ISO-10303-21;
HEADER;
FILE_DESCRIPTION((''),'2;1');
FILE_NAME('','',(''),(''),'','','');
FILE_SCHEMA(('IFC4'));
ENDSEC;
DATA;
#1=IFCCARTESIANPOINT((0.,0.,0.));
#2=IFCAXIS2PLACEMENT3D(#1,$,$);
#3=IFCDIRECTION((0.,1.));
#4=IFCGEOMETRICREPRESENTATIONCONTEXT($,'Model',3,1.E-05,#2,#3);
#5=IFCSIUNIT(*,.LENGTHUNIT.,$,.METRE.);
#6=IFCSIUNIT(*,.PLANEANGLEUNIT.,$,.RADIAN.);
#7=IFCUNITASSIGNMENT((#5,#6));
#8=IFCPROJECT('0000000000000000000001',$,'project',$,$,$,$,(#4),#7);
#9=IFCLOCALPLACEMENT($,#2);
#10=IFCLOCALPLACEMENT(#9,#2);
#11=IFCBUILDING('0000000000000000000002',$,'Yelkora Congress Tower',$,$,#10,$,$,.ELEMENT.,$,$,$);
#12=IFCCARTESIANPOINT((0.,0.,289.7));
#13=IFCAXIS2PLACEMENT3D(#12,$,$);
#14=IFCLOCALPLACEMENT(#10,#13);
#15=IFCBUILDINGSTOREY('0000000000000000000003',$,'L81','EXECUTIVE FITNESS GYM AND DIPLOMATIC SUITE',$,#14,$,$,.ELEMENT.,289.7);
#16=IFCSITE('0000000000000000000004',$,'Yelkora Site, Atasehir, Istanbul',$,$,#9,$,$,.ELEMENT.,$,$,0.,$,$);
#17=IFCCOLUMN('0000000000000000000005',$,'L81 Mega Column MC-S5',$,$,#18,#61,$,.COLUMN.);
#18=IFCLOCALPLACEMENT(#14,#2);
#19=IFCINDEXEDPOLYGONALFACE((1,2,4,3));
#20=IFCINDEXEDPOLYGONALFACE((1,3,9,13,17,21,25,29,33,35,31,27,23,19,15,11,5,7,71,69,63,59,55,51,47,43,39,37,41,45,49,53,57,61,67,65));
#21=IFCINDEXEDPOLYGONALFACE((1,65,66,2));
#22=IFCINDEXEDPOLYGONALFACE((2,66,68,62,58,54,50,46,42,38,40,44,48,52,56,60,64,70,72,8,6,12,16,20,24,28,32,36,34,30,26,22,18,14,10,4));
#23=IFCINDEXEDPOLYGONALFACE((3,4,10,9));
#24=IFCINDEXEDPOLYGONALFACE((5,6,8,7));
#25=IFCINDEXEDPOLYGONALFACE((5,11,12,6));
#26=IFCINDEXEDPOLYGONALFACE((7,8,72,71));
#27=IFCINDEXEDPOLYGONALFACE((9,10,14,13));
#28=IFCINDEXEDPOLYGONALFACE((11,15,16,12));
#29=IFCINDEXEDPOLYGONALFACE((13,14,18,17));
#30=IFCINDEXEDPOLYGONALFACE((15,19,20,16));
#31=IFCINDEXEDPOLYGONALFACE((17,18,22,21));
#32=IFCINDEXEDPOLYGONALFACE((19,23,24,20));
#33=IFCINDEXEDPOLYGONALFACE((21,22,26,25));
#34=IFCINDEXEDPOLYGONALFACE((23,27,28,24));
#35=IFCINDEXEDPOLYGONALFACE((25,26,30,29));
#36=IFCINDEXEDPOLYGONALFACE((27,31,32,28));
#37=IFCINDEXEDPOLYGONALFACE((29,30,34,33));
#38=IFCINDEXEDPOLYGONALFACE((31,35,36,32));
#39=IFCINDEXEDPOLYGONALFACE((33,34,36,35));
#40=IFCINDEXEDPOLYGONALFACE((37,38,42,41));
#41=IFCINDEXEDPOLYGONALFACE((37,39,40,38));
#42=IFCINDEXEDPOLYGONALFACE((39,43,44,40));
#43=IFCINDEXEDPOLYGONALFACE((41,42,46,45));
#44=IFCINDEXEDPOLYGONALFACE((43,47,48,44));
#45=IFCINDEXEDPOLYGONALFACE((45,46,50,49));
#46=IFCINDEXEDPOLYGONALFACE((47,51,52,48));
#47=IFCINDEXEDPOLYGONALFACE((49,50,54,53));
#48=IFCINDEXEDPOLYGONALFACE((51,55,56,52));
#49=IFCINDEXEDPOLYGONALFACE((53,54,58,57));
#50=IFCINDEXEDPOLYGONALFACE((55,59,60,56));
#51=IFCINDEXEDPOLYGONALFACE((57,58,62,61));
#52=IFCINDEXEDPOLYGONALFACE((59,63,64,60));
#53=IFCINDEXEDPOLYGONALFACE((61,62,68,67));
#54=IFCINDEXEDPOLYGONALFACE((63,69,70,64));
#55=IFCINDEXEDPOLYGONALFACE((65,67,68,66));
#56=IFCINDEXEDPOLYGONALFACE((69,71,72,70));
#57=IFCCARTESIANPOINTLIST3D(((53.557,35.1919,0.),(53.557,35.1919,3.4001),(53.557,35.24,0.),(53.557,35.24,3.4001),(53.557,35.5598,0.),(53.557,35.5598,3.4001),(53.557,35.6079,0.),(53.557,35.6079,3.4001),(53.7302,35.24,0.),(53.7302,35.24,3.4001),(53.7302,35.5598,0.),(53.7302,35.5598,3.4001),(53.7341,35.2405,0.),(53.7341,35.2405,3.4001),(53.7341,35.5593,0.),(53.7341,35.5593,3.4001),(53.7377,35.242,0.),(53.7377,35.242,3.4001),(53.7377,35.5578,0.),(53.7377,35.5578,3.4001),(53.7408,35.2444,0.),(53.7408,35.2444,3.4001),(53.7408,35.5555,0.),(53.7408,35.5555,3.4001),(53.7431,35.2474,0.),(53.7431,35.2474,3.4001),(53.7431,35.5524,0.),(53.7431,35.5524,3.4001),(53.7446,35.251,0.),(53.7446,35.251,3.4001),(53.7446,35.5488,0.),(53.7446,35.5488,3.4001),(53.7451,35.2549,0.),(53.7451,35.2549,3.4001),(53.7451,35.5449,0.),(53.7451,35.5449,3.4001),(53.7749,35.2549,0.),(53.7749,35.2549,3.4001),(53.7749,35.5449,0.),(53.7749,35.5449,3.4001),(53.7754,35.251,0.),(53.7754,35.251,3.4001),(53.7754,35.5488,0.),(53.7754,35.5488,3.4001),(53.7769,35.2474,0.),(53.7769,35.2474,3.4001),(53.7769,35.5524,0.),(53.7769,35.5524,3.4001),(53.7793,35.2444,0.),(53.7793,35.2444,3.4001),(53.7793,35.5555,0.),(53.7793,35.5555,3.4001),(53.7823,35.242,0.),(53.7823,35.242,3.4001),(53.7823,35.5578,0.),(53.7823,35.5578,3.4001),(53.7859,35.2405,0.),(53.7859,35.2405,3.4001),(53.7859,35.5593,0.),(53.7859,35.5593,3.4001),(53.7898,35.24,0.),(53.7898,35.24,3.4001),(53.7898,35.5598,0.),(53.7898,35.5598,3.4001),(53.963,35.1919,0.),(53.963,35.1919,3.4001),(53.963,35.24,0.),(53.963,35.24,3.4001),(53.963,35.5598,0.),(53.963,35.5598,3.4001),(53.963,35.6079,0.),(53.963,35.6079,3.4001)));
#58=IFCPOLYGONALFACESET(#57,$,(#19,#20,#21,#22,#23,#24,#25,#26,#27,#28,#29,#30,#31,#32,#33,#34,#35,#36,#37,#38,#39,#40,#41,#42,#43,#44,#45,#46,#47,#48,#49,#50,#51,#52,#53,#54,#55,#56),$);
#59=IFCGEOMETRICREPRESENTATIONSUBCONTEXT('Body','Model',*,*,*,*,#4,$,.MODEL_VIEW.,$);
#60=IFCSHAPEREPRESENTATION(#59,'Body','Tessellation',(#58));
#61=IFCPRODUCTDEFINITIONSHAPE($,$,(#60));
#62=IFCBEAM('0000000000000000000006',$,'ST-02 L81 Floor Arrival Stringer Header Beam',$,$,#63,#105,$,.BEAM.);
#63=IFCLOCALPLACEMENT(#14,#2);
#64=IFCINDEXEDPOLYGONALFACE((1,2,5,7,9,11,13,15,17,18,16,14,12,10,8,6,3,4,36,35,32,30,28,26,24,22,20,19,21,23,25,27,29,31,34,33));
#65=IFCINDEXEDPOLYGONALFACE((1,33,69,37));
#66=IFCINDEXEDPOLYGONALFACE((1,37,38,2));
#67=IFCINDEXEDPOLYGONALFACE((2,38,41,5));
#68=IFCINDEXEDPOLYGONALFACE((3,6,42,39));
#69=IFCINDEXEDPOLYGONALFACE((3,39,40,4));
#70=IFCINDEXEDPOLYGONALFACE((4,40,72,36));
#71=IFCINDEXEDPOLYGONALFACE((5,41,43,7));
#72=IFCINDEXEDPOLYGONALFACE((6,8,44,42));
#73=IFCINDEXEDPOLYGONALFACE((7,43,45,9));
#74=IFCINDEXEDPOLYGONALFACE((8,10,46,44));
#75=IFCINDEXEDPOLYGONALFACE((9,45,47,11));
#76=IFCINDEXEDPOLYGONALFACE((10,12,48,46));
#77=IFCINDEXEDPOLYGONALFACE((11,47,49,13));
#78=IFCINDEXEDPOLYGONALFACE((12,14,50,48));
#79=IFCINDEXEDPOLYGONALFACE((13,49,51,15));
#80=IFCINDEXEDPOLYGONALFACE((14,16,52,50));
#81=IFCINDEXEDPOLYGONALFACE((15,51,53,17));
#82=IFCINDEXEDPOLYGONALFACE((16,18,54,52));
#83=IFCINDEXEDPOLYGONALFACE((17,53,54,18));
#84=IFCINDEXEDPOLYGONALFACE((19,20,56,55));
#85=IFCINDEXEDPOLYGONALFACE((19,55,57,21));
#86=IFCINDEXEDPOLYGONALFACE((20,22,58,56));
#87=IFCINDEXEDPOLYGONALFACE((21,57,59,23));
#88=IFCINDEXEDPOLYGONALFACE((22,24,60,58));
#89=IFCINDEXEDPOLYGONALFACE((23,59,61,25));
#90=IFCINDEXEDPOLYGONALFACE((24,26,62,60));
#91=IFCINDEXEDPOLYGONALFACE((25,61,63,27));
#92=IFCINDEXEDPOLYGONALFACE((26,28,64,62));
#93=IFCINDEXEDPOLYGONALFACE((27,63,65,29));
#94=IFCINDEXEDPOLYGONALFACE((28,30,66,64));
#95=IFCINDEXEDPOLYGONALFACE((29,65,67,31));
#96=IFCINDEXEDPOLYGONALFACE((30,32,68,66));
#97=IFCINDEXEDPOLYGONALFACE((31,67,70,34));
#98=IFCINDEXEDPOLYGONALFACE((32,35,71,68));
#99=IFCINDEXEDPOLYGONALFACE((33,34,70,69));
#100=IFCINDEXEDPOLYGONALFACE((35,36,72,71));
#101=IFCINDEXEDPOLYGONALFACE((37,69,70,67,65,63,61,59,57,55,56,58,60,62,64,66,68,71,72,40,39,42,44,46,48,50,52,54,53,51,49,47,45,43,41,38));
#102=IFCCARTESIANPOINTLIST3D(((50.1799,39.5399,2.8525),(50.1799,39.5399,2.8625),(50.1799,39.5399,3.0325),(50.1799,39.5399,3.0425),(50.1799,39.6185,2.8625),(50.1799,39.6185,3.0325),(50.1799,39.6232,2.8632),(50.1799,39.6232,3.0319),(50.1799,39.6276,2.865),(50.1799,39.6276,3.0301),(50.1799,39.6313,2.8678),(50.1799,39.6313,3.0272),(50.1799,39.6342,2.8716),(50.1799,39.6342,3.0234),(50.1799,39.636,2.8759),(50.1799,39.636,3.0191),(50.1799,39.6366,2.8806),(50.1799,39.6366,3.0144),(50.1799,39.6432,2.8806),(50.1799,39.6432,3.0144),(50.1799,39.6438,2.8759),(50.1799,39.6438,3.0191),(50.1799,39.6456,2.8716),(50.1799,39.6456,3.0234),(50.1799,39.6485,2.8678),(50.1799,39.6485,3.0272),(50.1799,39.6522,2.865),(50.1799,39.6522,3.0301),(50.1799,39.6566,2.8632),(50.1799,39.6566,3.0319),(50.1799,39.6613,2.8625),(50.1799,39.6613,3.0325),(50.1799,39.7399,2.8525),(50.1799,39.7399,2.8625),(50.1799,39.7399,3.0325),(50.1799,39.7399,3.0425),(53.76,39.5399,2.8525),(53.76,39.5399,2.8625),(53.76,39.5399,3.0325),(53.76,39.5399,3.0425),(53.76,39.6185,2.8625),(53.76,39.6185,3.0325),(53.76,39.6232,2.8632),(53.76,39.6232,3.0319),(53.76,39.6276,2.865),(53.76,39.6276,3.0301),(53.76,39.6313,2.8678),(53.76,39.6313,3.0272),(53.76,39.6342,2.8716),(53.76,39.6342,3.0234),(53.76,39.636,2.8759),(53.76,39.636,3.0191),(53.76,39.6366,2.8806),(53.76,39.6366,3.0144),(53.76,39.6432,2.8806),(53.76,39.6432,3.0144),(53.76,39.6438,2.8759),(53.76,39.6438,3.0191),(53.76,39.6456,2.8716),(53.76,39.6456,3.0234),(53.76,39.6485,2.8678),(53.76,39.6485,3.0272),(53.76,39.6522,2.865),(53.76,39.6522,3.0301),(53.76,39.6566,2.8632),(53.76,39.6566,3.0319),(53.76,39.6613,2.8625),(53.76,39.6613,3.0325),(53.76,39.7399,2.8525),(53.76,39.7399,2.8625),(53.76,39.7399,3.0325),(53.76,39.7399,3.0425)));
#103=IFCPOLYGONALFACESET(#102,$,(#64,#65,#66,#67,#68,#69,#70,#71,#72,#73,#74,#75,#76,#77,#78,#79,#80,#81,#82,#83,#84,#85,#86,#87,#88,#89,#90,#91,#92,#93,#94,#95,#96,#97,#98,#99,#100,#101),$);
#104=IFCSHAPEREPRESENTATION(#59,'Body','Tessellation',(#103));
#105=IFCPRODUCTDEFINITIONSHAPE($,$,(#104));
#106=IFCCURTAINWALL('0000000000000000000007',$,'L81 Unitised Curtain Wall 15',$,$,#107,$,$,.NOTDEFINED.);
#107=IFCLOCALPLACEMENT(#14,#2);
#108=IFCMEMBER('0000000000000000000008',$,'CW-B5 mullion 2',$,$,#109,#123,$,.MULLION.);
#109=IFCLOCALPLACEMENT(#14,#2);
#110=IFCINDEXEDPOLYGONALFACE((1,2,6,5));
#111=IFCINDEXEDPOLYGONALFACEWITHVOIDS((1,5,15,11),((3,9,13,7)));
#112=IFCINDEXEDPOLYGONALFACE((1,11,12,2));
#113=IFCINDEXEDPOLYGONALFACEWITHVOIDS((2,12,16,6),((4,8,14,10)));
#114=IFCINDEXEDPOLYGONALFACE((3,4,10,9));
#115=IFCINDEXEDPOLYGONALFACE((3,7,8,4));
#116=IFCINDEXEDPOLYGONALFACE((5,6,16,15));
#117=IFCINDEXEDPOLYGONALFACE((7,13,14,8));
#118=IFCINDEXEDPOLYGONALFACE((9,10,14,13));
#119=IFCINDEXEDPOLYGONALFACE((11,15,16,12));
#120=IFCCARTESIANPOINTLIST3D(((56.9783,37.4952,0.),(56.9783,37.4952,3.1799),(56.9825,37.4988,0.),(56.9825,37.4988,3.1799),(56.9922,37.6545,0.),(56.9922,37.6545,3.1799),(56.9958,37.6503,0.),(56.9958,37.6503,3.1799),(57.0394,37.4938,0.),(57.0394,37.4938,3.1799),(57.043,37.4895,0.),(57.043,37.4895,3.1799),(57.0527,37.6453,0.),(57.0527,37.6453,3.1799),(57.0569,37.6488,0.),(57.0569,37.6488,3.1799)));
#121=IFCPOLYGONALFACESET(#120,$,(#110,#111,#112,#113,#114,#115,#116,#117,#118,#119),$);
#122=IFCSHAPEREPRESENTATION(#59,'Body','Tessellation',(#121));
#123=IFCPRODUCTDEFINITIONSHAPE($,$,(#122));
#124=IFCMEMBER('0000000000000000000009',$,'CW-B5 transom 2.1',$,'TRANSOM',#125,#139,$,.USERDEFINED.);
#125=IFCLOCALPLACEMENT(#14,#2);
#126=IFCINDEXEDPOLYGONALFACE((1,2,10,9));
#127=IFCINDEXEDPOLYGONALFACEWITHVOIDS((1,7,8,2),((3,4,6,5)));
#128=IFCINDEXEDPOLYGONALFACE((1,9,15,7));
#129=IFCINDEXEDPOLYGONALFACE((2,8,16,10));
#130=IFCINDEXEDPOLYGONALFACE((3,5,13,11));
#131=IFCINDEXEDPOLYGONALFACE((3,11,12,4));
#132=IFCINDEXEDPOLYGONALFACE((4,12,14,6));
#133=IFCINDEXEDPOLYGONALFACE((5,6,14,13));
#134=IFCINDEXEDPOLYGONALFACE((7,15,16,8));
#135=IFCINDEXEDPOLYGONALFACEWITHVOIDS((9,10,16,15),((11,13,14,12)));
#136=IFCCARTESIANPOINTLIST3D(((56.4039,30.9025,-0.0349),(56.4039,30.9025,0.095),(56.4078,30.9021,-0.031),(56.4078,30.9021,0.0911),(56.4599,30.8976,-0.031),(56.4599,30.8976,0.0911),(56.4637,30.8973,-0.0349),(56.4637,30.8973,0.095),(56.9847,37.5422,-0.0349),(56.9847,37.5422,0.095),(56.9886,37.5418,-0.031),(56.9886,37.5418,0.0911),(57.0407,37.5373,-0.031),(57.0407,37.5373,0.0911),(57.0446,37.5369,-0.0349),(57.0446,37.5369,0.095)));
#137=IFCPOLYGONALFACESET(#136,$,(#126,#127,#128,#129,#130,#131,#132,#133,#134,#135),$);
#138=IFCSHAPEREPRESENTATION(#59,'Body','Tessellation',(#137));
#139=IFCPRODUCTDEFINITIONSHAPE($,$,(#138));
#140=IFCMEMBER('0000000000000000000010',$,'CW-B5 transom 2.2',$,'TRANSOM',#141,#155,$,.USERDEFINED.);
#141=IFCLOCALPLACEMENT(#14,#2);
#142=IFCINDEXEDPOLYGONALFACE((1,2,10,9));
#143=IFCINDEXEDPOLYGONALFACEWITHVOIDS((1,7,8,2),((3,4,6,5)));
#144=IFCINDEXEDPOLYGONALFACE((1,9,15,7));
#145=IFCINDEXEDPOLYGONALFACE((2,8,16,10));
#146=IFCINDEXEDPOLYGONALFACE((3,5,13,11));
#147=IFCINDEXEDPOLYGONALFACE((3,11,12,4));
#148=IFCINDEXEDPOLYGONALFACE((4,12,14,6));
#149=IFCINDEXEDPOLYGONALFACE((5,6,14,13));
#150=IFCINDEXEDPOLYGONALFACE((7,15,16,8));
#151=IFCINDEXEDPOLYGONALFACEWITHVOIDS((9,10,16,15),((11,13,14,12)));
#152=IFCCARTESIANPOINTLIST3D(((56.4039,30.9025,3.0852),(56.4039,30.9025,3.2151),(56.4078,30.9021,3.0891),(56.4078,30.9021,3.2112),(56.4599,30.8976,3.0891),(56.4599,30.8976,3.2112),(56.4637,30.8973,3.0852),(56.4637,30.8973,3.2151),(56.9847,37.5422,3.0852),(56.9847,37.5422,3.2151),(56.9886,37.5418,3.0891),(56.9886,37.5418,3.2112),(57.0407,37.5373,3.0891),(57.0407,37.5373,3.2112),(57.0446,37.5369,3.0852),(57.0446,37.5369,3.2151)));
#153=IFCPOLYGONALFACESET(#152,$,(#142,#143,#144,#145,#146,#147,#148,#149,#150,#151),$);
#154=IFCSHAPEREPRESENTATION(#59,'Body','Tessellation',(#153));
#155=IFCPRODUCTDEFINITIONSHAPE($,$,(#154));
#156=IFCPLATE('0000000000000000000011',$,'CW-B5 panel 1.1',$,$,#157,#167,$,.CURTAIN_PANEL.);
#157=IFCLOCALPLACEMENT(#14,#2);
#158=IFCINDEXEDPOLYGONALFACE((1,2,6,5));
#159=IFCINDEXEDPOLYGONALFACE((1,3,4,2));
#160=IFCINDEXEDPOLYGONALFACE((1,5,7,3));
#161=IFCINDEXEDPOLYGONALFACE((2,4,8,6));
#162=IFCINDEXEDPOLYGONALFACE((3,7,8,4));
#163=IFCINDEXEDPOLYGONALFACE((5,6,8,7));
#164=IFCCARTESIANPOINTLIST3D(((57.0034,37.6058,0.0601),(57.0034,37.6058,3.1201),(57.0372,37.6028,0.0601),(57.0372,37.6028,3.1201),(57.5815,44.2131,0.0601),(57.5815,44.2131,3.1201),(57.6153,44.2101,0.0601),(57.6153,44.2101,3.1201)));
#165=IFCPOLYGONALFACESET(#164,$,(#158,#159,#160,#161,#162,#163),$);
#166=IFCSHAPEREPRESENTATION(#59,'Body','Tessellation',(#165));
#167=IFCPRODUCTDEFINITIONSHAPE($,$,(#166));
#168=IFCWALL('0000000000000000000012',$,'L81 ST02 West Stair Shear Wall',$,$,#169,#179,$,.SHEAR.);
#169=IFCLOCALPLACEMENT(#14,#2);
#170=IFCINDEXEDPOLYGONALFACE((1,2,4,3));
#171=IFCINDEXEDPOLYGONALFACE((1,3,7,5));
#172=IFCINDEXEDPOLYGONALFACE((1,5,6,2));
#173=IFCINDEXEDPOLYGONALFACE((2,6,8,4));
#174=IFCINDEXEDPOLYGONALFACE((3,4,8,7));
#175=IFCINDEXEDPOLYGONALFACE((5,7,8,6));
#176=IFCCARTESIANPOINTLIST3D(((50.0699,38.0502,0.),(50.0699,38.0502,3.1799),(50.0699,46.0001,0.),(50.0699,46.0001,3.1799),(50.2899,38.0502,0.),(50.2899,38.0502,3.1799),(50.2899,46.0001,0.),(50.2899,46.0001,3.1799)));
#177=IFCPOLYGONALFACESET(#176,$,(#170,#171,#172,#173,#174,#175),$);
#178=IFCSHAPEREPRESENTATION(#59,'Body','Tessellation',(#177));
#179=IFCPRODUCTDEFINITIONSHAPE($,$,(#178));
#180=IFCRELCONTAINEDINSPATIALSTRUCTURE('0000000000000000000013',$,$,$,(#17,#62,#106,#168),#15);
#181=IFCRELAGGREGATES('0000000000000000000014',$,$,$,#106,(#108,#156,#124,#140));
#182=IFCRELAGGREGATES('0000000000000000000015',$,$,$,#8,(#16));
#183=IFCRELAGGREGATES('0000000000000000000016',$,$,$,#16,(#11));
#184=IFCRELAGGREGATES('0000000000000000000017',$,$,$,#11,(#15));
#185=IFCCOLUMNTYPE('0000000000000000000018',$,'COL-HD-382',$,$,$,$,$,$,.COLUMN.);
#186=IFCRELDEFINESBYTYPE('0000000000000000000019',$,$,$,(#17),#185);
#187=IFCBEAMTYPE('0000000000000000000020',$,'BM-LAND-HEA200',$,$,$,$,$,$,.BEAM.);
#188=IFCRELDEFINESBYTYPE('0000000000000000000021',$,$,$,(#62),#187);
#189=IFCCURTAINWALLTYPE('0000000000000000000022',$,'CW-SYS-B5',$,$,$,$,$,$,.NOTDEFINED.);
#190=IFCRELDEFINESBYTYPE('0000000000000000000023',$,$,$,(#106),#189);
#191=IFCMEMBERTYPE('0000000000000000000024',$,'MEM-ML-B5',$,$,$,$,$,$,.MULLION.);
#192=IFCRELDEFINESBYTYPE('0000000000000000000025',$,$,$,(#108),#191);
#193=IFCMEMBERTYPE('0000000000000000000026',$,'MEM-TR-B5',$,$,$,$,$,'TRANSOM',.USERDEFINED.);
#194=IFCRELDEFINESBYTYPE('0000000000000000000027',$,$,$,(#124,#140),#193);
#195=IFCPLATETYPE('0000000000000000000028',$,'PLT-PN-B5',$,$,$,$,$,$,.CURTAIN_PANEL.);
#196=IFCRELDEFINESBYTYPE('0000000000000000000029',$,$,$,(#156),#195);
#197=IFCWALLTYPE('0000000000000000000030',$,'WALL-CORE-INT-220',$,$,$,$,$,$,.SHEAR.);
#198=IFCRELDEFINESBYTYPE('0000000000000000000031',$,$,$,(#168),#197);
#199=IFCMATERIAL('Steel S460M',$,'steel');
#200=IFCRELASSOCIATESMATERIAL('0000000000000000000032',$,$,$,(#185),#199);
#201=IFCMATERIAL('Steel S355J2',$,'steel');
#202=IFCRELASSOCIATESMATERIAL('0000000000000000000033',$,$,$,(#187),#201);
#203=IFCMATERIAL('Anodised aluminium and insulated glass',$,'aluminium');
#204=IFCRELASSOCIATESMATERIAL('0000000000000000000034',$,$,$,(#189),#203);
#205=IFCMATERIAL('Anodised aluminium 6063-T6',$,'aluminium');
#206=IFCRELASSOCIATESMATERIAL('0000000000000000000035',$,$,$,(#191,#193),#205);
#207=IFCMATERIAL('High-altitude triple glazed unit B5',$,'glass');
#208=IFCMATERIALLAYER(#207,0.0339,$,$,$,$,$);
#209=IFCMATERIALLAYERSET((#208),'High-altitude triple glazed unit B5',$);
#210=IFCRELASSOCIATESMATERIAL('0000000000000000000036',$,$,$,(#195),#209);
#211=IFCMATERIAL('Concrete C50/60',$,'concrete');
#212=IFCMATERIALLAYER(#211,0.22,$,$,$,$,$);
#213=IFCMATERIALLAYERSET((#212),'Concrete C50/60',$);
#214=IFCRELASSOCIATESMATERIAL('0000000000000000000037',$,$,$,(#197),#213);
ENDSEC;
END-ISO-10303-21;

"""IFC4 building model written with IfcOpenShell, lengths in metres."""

from ifc_helpers import new_model, si_unit, direction, frame, frame_2d, origin, origin_2d, place, context, subcontext, project, spatial, rectangle, hollow_rectangle, i_section, extrude, material, layer, layer_set, material_profile, profile_set, type_object, element, aggregate, save


model = new_model("IFC4")

# Units and contexts
model_context = context("Model", 3, precision=1e-05, world=origin(), true_north=direction((0.0, 1.0)))
body_context = subcontext(model_context, "Body", "Model", "MODEL_VIEW")
ifc_project = project(units=[si_unit("LENGTHUNIT", "METRE"), si_unit("PLANEANGLEUNIT", "RADIAN")], contexts=[model_context])

# Site, building, storey
site_placement = place(None, origin())
site = spatial("IfcSite", under=ifc_project, at=site_placement, Name="Yelkora Site, Atasehir, Istanbul", CompositionType="ELEMENT", RefElevation=0.0)
building_placement = place(site_placement, origin())
building = spatial("IfcBuilding", under=site, at=building_placement, Name="Yelkora Congress Tower", CompositionType="ELEMENT")
storey_placement = place(building_placement, frame((0.0, 0.0, 289.7)))
storey = spatial("IfcBuildingStorey", under=building, at=storey_placement, Name="L81", Description="EXECUTIVE FITNESS GYM AND DIPLOMATIC SUITE", CompositionType="ELEMENT", Elevation=289.7)

# Column
ifc_material_1 = material(Name="Steel S460M", Category="steel")
ifc_material_profile_1 = material_profile(ifc_material_1, i_section(OverallWidth=0.406, OverallDepth=0.416, WebThickness=0.0298, FlangeThickness=0.0481, FilletRadius=0.0149, at=origin_2d()), Name="HD 400x382")
ifc_profile_set_1 = profile_set([ifc_material_profile_1], Name="Steel S460M")
column_type = type_object("IfcColumnType", Name="COL-HD-382", PredefinedType="COLUMN", material=ifc_profile_set_1)
column_placement = place(storey_placement, frame((53.76, 35.3999, 0.0), z_axis=(0.0, 0.0, 1.0), x_axis=(1.0, 0.0, 0.0)))
element("IfcColumn", 1, at=column_placement, inside=storey, type_object=column_type, Name="L81 Mega Column MC-S5", PredefinedType="COLUMN", context=body_context, shape_type="SweptSolid", body=[
    extrude(i_section(OverallWidth=0.406, OverallDepth=0.416, WebThickness=0.0298, FlangeThickness=0.0481, FilletRadius=0.0149, at=origin_2d()), origin(), (0.0, 0.0, 1.0), 3.4001),
])

# Beam
ifc_material_2 = material(Name="Steel S355J2", Category="steel")
ifc_material_profile_2 = material_profile(ifc_material_2, i_section(OverallWidth=0.2, OverallDepth=0.1899, WebThickness=0.0066, FlangeThickness=0.01, FilletRadius=0.0181, at=origin_2d()), Name="HEA 200")
ifc_profile_set_2 = profile_set([ifc_material_profile_2], Name="Steel S355J2")
beam_type = type_object("IfcBeamType", Name="BM-LAND-HEA200", PredefinedType="BEAM", material=ifc_profile_set_2)
beam_placement = place(storey_placement, frame((50.1799, 39.6399, 2.9475), z_axis=(1.0, 0.0, 0.0), x_axis=(0.0, 1.0, 0.0)))
element("IfcBeam", 2, at=beam_placement, inside=storey, type_object=beam_type, Name="ST-02 L81 Floor Arrival Stringer Header Beam", PredefinedType="BEAM", context=body_context, shape_type="SweptSolid", body=[
    extrude(i_section(OverallWidth=0.2, OverallDepth=0.1899, WebThickness=0.0066, FlangeThickness=0.01, FilletRadius=0.0181, at=origin_2d()), origin(), (0.0, 0.0, 1.0), 3.5801),
])

# Curtain wall, members, plate
ifc_material_3 = material(Name="Anodised aluminium and insulated glass", Category="aluminium")
curtain_wall_type = type_object("IfcCurtainWallType", Name="CW-SYS-B5", PredefinedType="NOTDEFINED", material=ifc_material_3)
curtain_wall_placement = place(storey_placement, origin())
curtain_wall = element("IfcCurtainWall", 3, at=curtain_wall_placement, inside=storey, type_object=curtain_wall_type, Name="L81 Unitised Curtain Wall 15", PredefinedType="NOTDEFINED")
ifc_material_4 = material(Name="Anodised aluminium 6063-T6", Category="aluminium")
ifc_material_profile_3 = material_profile(ifc_material_4, hollow_rectangle(XDim=0.0649, YDim=0.1599, WallThickness=0.0039, at=origin_2d()), Name="ALU 65x160x4")
ifc_profile_set_3 = profile_set([ifc_material_profile_3], Name="Anodised aluminium 6063-T6")
member_type_1 = type_object("IfcMemberType", Name="MEM-ML-B5", PredefinedType="MULLION", material=ifc_profile_set_3)
member_1_placement = place(storey_placement, frame((57.0176, 37.572, 0.0), z_axis=(0.0, 0.0, 1.0), x_axis=(0.996194, -0.087158, 0.0)))
member_1 = element("IfcMember", 4, at=member_1_placement, type_object=member_type_1, Name="CW-B5 mullion 2", PredefinedType="MULLION", context=body_context, shape_type="SweptSolid", body=[
    extrude(hollow_rectangle(XDim=0.0649, YDim=0.1599, WallThickness=0.0039, at=origin_2d()), origin(), (0.0, 0.0, 1.0), 3.1799),
])
ifc_material_profile_4 = material_profile(ifc_material_4, hollow_rectangle(XDim=0.0601, YDim=0.1299, WallThickness=0.0039, at=origin_2d()), Name="ALU 60x130x4")
ifc_profile_set_4 = profile_set([ifc_material_profile_4], Name="Anodised aluminium 6063-T6")
member_type_2 = type_object("IfcMemberType", Name="MEM-TR-B5", ElementType="TRANSOM", PredefinedType="USERDEFINED", material=ifc_profile_set_4)
member_2_placement = place(storey_placement, frame((57.0146, 37.5396, 0.03), z_axis=(-0.087143, -0.996196, 0.0), x_axis=(0.996196, -0.087143, 0.0)))
member_2 = element("IfcMember", 5, at=member_2_placement, type_object=member_type_2, Name="CW-B5 transom 2.1", ObjectType="TRANSOM", PredefinedType="USERDEFINED", context=body_context, shape_type="SweptSolid", body=[
    extrude(hollow_rectangle(XDim=0.0601, YDim=0.1299, WallThickness=0.0039, at=origin_2d()), origin(), (0.0, 0.0, 1.0), 6.665),
])
member_3_placement = place(storey_placement, frame((57.0146, 37.5396, 3.1501), z_axis=(-0.087143, -0.996196, 0.0), x_axis=(0.996196, -0.087143, 0.0)))
member_3 = element("IfcMember", 6, at=member_3_placement, type_object=member_type_2, Name="CW-B5 transom 2.2", ObjectType="TRANSOM", PredefinedType="USERDEFINED", context=body_context, shape_type="SweptSolid", body=[
    extrude(hollow_rectangle(XDim=0.0601, YDim=0.1299, WallThickness=0.0039, at=origin_2d()), origin(), (0.0, 0.0, 1.0), 6.665),
])
ifc_material_5 = material(Name="High-altitude triple glazed unit B5", Category="glass")
ifc_layer_1 = layer(ifc_material_5, 0.0339)
ifc_layer_set_1 = layer_set([ifc_layer_1], Name="High-altitude triple glazed unit B5")
plate_type = type_object("IfcPlateType", Name="PLT-PN-B5", PredefinedType="CURTAIN_PANEL", material=ifc_layer_set_1)
plate_placement = place(storey_placement, frame((57.3093, 40.908, 0.0601), z_axis=(0.0, 0.0, 1.0), x_axis=(-0.087158, -0.996194, 0.0)))
plate = element("IfcPlate", 7, at=plate_placement, type_object=plate_type, Name="CW-B5 panel 1.1", PredefinedType="CURTAIN_PANEL", context=body_context, shape_type="SweptSolid", body=[
    extrude(rectangle(XDim=6.6326, YDim=0.0339, at=origin_2d()), origin(), (0.0, 0.0, 1.0), 3.0601),
])
aggregate(curtain_wall, [member_1, plate, member_2, member_3])

# Wall
ifc_material_6 = material(Name="Concrete C50/60", Category="concrete")
ifc_layer_2 = layer(ifc_material_6, 0.22)
ifc_layer_set_2 = layer_set([ifc_layer_2], Name="Concrete C50/60")
wall_type_1 = type_object("IfcWallType", Name="WALL-CORE-INT-220", PredefinedType="SHEAR", material=ifc_layer_set_2)
wall_1_placement = place(storey_placement, frame((50.1799, 38.05, 0.0), z_axis=(0.0, 0.0, 1.0), x_axis=(0.0, 1.0, 0.0)))
element("IfcWall", 8, at=wall_1_placement, inside=storey, type_object=wall_type_1, Name="L81 ST02 West Stair Shear Wall", PredefinedType="SHEAR", context=body_context, shape_type="SweptSolid", body=[
    extrude(rectangle(XDim=7.95, YDim=0.22, at=frame_2d((3.9751, 0.0))), origin(), (0.0, 0.0, 1.0), 3.1799),
])

save(model, "model.ifc")
